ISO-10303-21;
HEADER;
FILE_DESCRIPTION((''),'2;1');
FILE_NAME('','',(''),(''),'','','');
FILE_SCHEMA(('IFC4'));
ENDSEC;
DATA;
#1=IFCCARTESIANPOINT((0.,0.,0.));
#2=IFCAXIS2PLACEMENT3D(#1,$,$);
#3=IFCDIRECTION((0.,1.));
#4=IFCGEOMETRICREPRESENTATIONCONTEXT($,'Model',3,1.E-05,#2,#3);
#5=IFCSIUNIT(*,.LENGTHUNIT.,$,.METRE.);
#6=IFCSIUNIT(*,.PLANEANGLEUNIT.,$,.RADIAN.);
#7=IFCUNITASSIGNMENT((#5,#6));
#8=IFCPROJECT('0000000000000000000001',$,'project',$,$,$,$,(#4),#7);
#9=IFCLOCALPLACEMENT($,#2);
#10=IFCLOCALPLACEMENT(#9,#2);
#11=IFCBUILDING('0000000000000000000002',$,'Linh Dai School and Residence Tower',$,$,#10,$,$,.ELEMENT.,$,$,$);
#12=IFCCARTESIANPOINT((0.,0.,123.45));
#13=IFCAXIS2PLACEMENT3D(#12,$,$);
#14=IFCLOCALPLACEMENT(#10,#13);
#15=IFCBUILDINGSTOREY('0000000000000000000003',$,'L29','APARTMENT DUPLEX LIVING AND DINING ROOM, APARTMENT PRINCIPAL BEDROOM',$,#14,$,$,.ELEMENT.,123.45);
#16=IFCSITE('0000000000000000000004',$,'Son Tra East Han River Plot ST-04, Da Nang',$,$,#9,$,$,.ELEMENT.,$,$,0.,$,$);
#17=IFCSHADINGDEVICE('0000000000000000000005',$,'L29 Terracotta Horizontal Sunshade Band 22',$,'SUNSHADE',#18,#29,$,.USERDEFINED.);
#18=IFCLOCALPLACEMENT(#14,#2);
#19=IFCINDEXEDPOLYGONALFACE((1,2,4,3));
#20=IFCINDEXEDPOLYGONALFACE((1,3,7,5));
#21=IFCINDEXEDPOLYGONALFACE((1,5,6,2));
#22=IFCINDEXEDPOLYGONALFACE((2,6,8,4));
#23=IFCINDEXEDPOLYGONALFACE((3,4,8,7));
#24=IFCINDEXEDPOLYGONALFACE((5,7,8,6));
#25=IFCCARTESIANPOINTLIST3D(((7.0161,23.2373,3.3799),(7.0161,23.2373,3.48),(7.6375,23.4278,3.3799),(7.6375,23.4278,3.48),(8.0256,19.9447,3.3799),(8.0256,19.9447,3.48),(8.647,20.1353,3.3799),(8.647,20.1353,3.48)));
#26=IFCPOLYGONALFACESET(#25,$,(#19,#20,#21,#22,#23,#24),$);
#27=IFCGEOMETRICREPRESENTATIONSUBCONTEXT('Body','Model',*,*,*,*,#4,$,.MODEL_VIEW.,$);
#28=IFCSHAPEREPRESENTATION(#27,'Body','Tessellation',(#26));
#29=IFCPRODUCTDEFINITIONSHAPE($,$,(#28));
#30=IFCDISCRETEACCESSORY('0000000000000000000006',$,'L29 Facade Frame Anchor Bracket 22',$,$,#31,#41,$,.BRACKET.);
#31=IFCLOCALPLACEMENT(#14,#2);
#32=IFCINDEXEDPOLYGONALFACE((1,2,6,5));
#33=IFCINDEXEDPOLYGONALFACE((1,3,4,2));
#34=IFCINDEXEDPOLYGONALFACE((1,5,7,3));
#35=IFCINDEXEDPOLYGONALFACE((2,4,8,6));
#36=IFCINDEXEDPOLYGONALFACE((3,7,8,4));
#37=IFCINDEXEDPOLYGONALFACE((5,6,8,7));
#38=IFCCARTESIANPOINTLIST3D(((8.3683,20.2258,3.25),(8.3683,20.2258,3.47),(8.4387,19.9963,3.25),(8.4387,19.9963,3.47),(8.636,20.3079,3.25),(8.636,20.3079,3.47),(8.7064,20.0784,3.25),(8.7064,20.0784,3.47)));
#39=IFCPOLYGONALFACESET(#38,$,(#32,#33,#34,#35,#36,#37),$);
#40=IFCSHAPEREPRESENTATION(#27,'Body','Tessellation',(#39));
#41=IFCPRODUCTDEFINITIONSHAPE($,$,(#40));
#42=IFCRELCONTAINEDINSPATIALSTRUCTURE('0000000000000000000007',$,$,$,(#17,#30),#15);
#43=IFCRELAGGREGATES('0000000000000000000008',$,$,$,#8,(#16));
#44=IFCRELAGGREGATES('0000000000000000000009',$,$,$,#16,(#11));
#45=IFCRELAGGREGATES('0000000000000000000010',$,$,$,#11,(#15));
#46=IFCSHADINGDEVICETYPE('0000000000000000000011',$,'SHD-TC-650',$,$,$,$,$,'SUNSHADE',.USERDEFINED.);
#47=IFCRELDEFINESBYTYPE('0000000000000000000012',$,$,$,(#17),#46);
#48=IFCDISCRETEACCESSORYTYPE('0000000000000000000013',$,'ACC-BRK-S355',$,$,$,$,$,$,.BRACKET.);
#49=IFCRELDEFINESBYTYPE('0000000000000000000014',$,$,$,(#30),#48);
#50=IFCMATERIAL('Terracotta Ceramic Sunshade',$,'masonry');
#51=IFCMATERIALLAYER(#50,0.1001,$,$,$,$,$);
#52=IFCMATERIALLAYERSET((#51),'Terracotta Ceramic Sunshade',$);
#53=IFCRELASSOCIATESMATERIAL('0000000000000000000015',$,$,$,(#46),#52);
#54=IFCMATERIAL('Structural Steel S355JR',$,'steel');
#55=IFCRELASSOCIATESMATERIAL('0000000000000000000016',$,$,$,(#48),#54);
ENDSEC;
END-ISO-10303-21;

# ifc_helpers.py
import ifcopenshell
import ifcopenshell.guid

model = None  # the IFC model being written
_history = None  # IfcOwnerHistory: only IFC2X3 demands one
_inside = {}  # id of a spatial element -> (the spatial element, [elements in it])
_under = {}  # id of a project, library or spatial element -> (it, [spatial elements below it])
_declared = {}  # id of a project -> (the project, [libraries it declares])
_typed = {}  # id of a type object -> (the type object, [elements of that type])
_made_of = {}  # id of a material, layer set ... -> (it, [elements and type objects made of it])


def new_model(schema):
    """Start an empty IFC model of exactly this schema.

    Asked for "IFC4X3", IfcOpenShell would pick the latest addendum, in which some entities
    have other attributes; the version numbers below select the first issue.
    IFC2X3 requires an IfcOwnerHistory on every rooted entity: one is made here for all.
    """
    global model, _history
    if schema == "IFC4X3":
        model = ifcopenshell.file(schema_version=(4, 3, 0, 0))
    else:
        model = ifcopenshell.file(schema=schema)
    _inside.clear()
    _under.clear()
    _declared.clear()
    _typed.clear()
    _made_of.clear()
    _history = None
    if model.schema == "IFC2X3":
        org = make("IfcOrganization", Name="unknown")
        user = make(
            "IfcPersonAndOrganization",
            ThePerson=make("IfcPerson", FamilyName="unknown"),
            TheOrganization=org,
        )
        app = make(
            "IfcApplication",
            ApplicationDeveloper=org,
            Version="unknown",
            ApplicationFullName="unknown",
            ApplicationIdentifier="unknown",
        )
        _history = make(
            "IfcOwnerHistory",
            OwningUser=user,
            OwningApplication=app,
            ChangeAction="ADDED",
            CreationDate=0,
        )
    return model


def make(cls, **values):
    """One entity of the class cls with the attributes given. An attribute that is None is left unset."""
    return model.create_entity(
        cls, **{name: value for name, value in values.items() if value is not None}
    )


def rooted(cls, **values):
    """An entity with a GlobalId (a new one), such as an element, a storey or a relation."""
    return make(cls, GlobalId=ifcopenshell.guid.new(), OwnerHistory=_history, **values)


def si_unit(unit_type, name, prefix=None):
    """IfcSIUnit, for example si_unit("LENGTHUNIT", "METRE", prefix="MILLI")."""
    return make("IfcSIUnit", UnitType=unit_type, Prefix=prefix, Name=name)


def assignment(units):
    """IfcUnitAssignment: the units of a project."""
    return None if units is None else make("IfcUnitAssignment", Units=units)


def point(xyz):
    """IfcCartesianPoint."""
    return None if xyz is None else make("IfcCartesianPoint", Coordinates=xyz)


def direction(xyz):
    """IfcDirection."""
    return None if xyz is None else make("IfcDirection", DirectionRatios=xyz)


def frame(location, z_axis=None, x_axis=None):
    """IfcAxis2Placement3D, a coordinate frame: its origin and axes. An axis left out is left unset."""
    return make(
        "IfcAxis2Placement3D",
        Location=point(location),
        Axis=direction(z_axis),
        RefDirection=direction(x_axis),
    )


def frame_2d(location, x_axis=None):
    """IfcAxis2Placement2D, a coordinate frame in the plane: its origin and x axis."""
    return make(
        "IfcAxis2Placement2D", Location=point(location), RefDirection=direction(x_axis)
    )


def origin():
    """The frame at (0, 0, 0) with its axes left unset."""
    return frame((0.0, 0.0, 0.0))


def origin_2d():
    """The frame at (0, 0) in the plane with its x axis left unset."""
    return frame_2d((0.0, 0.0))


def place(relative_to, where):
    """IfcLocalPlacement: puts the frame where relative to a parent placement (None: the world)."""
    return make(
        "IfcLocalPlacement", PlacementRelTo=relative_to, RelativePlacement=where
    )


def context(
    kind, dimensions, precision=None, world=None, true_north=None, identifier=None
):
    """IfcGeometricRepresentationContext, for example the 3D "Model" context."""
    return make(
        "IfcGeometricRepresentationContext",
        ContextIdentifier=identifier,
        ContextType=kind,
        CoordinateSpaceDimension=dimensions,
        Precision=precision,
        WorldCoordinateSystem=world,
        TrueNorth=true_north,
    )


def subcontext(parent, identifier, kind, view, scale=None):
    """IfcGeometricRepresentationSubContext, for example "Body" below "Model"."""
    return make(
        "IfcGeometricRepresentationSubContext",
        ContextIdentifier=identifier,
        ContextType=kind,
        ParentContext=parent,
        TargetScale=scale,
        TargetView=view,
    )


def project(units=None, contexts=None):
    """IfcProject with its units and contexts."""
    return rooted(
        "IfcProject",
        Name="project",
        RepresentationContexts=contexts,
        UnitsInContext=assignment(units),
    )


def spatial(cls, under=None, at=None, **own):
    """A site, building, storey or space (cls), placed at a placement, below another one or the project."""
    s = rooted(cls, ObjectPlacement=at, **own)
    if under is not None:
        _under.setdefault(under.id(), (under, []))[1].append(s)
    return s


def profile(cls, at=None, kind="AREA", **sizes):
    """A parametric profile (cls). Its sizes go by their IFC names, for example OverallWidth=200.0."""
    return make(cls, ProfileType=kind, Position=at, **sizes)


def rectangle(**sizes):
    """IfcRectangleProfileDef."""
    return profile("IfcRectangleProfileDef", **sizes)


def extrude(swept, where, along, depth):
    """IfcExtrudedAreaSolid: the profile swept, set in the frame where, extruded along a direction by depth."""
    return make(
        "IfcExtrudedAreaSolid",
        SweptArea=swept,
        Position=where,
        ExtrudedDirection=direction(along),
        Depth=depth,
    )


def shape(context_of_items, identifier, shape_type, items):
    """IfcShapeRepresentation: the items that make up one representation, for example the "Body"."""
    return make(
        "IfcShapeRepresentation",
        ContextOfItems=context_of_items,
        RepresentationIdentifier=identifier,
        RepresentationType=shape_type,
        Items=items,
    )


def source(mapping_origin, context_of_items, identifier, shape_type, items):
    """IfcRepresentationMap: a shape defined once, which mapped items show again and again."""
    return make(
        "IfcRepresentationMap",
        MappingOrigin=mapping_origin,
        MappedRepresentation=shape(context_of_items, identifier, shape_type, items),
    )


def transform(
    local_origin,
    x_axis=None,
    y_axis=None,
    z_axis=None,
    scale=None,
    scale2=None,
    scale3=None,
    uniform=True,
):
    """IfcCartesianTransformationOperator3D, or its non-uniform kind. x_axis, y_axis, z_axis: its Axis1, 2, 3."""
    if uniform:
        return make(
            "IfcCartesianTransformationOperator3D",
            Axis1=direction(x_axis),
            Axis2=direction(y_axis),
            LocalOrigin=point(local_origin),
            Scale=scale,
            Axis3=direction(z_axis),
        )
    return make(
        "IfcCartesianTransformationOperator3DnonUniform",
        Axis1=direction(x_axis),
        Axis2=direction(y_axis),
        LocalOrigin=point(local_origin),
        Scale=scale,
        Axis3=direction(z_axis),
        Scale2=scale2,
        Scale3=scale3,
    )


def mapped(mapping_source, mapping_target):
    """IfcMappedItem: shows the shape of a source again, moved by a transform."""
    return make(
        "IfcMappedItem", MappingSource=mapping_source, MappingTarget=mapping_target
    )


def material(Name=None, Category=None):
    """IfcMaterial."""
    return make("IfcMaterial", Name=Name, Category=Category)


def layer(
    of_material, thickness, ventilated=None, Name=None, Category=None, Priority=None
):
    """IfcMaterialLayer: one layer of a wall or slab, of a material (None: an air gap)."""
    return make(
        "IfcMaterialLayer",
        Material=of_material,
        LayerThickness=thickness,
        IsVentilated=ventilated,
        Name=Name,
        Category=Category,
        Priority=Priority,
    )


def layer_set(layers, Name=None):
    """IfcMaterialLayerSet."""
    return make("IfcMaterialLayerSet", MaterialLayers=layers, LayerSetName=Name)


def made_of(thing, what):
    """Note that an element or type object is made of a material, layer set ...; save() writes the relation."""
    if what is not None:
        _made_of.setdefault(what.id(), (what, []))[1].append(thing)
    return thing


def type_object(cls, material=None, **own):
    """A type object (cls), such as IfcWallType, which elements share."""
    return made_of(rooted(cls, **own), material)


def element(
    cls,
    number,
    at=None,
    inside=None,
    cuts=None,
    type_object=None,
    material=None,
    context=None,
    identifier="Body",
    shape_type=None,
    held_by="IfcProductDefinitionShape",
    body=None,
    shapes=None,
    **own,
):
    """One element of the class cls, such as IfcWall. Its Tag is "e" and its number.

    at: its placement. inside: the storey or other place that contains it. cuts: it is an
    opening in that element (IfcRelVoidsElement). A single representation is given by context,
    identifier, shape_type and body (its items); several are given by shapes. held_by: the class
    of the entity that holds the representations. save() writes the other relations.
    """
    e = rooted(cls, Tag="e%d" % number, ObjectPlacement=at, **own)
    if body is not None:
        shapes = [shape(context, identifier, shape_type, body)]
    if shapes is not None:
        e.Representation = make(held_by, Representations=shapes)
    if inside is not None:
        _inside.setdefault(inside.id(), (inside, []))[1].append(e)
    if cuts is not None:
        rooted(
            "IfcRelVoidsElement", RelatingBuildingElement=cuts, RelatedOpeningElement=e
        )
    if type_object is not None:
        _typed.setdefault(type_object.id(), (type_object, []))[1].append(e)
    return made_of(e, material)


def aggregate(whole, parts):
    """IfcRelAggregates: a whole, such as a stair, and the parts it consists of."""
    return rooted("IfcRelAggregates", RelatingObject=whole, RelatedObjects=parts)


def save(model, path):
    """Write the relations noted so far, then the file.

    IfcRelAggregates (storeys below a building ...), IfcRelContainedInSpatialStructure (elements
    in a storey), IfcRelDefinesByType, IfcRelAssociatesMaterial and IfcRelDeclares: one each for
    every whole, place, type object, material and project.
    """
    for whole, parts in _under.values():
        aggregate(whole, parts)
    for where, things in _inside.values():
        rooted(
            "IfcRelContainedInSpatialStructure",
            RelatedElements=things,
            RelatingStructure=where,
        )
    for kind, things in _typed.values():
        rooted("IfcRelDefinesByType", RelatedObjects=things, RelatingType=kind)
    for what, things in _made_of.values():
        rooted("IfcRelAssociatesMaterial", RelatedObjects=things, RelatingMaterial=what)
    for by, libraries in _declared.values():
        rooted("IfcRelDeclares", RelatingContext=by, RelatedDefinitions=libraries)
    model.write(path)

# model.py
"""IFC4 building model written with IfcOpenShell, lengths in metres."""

from ifc_helpers import new_model, si_unit, direction, frame, origin, origin_2d, place, context, subcontext, project, spatial, rectangle, extrude, source, transform, mapped, material, layer, layer_set, type_object, element, save


model = new_model("IFC4")

# Units and contexts
model_context = context("Model", 3, precision=1e-05, world=origin(), true_north=direction((0.0, 1.0)))
body_context = subcontext(model_context, "Body", "Model", "MODEL_VIEW")
ifc_project = project(units=[si_unit("LENGTHUNIT", "METRE"), si_unit("PLANEANGLEUNIT", "RADIAN")], contexts=[model_context])

# Site, building, storey
site_placement = place(None, origin())
site = spatial("IfcSite", under=ifc_project, at=site_placement, Name="Son Tra East Han River Plot ST-04, Da Nang", CompositionType="ELEMENT", RefElevation=0.0)
building_placement = place(site_placement, origin())
building = spatial("IfcBuilding", under=site, at=building_placement, Name="Linh Dai School and Residence Tower", CompositionType="ELEMENT")
storey_placement = place(building_placement, frame((0.0, 0.0, 123.45)))
storey = spatial("IfcBuildingStorey", under=building, at=storey_placement, Name="L29", Description="APARTMENT DUPLEX LIVING AND DINING ROOM, APARTMENT PRINCIPAL BEDROOM", CompositionType="ELEMENT", Elevation=123.45)

# Shared definitions
ifc_material_1 = material(Name="Structural Steel S355JR", Category="steel")

# Shading device
ifc_material_2 = material(Name="Terracotta Ceramic Sunshade", Category="masonry")
ifc_layer_1 = layer(ifc_material_2, 0.1001)
ifc_layer_set_1 = layer_set([ifc_layer_1], Name="Terracotta Ceramic Sunshade")
shading_device_type = type_object("IfcShadingDeviceType", Name="SHD-TC-650", ElementType="SUNSHADE", PredefinedType="USERDEFINED", material=ifc_layer_set_1)
shared_shape_1 = source(origin(), body_context, "Body", "SweptSolid", [
    extrude(rectangle(XDim=3.4438, YDim=0.6499, at=origin_2d()), origin(), (0.0, 0.0, 1.0), 0.1001),
])
shading_device_placement = place(storey_placement, frame((7.8315, 21.6863, 3.3799), z_axis=(0.0, 0.0, 1.0), x_axis=(-0.293134, 0.956072, 0.0)))
element("IfcShadingDevice", 1, at=shading_device_placement, inside=storey, type_object=shading_device_type, Name="L29 Terracotta Horizontal Sunshade Band 22", ObjectType="SUNSHADE", PredefinedType="USERDEFINED", context=body_context, shape_type="MappedRepresentation", body=[
    mapped(shared_shape_1, transform((0.0, 0.0, 0.0), x_axis=(1.0, 0.0, 0.0), y_axis=(0.0, 1.0, 0.0), z_axis=(0.0, 0.0, 1.0), scale=1.0)),
])

# Discrete accessory
discrete_accessory_type = type_object("IfcDiscreteAccessoryType", Name="ACC-BRK-S355", PredefinedType="BRACKET", material=ifc_material_1)
shared_shape_2 = source(origin(), body_context, "Body", "SweptSolid", [
    extrude(rectangle(XDim=0.28, YDim=0.24, at=origin_2d()), origin(), (0.0, 0.0, 1.0), 0.22),
])
discrete_accessory_placement = place(storey_placement, frame((8.5374, 20.1521, 3.25), z_axis=(0.0, 0.0, 1.0), x_axis=(-0.956072, -0.293134, 0.0)))
element("IfcDiscreteAccessory", 2, at=discrete_accessory_placement, inside=storey, type_object=discrete_accessory_type, Name="L29 Facade Frame Anchor Bracket 22", PredefinedType="BRACKET", context=body_context, shape_type="MappedRepresentation", body=[
    mapped(shared_shape_2, transform((0.0, 0.0, 0.0), x_axis=(1.0, 0.0, 0.0), y_axis=(0.0, 1.0, 0.0), z_axis=(0.0, 0.0, 1.0), scale=1.0)),
])

save(model, "model.ifc")
